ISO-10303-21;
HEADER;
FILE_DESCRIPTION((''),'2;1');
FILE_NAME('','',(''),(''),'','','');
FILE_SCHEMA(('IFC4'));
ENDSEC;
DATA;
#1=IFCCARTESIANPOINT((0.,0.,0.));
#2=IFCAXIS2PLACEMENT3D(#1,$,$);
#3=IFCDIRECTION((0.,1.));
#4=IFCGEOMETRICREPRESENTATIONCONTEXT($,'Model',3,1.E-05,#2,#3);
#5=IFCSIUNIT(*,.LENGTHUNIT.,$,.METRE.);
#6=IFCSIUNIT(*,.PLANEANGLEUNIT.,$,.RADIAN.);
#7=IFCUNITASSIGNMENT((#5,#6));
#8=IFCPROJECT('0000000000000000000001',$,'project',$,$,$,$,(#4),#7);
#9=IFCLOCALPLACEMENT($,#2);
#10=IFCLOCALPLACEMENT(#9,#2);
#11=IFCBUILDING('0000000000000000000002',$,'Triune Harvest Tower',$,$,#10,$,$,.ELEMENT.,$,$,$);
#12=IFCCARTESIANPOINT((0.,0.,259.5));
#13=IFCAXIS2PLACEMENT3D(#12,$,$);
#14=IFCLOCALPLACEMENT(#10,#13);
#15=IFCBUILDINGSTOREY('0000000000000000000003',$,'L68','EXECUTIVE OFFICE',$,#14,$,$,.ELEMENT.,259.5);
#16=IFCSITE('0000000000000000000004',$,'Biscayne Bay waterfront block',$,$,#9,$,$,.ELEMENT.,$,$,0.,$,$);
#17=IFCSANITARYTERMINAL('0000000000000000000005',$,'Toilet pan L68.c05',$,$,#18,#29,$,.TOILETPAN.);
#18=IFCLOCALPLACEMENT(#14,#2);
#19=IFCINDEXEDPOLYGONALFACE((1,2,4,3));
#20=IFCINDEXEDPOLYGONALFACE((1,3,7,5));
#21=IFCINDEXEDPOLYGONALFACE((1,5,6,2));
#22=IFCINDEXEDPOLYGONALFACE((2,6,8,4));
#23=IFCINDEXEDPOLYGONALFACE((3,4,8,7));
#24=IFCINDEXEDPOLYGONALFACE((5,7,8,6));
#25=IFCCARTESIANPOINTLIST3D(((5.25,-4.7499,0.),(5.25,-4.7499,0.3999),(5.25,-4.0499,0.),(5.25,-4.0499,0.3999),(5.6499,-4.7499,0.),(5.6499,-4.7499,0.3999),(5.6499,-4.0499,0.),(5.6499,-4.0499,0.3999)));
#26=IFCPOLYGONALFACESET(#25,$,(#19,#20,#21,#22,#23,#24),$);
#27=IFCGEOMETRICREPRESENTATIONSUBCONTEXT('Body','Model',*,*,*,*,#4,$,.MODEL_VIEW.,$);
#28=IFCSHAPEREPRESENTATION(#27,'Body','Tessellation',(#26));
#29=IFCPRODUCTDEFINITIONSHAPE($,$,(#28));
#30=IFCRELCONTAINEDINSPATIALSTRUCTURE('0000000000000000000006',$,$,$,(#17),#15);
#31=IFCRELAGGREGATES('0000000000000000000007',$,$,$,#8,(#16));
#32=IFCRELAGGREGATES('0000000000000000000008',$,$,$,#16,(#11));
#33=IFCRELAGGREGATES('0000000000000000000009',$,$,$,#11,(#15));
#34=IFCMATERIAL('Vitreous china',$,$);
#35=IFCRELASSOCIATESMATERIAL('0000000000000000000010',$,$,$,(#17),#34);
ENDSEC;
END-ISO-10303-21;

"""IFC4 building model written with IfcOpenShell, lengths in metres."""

from ifc_helpers import new_model, si_unit, direction, frame, origin, origin_2d, place, context, subcontext, project, spatial, rectangle, extrude, source, transform, mapped, material, element, save


model = new_model("IFC4")

# Units and contexts
model_context = context("Model", 3, precision=1e-05, world=origin(), true_north=direction((0.0, 1.0)))
body_context = subcontext(model_context, "Body", "Model", "MODEL_VIEW")
ifc_project = project(units=[si_unit("LENGTHUNIT", "METRE"), si_unit("PLANEANGLEUNIT", "RADIAN")], contexts=[model_context])

# Site, building, storey
site_placement = place(None, origin())
site = spatial("IfcSite", under=ifc_project, at=site_placement, Name="Biscayne Bay waterfront block", CompositionType="ELEMENT", RefElevation=0.0)
building_placement = place(site_placement, origin())
building = spatial("IfcBuilding", under=site, at=building_placement, Name="Triune Harvest Tower", CompositionType="ELEMENT")
storey_placement = place(building_placement, frame((0.0, 0.0, 259.5)))
storey = spatial("IfcBuildingStorey", under=building, at=storey_placement, Name="L68", Description="EXECUTIVE OFFICE", CompositionType="ELEMENT", Elevation=259.5)

# Sanitary terminal
ifc_material_1 = material(Name="Vitreous china")
shared_shape_1 = source(origin(), body_context, "Body", "SweptSolid", [
    extrude(rectangle(XDim=0.3999, YDim=0.7, at=origin_2d()), origin(), (0.0, 0.0, 1.0), 0.3999),
])
sanitary_terminal_placement = place(storey_placement, frame((5.45, -4.3999, 0.0), z_axis=(0.0, 0.0, 1.0), x_axis=(1.0, 0.0, 0.0)))
element("IfcSanitaryTerminal", 1, at=sanitary_terminal_placement, inside=storey, material=ifc_material_1, Name="Toilet pan L68.c05", PredefinedType="TOILETPAN", context=body_context, shape_type="MappedRepresentation", body=[
    mapped(shared_shape_1, transform((0.0, 0.0, 0.0), scale=1.0)),
])

save(model, "model.ifc")
